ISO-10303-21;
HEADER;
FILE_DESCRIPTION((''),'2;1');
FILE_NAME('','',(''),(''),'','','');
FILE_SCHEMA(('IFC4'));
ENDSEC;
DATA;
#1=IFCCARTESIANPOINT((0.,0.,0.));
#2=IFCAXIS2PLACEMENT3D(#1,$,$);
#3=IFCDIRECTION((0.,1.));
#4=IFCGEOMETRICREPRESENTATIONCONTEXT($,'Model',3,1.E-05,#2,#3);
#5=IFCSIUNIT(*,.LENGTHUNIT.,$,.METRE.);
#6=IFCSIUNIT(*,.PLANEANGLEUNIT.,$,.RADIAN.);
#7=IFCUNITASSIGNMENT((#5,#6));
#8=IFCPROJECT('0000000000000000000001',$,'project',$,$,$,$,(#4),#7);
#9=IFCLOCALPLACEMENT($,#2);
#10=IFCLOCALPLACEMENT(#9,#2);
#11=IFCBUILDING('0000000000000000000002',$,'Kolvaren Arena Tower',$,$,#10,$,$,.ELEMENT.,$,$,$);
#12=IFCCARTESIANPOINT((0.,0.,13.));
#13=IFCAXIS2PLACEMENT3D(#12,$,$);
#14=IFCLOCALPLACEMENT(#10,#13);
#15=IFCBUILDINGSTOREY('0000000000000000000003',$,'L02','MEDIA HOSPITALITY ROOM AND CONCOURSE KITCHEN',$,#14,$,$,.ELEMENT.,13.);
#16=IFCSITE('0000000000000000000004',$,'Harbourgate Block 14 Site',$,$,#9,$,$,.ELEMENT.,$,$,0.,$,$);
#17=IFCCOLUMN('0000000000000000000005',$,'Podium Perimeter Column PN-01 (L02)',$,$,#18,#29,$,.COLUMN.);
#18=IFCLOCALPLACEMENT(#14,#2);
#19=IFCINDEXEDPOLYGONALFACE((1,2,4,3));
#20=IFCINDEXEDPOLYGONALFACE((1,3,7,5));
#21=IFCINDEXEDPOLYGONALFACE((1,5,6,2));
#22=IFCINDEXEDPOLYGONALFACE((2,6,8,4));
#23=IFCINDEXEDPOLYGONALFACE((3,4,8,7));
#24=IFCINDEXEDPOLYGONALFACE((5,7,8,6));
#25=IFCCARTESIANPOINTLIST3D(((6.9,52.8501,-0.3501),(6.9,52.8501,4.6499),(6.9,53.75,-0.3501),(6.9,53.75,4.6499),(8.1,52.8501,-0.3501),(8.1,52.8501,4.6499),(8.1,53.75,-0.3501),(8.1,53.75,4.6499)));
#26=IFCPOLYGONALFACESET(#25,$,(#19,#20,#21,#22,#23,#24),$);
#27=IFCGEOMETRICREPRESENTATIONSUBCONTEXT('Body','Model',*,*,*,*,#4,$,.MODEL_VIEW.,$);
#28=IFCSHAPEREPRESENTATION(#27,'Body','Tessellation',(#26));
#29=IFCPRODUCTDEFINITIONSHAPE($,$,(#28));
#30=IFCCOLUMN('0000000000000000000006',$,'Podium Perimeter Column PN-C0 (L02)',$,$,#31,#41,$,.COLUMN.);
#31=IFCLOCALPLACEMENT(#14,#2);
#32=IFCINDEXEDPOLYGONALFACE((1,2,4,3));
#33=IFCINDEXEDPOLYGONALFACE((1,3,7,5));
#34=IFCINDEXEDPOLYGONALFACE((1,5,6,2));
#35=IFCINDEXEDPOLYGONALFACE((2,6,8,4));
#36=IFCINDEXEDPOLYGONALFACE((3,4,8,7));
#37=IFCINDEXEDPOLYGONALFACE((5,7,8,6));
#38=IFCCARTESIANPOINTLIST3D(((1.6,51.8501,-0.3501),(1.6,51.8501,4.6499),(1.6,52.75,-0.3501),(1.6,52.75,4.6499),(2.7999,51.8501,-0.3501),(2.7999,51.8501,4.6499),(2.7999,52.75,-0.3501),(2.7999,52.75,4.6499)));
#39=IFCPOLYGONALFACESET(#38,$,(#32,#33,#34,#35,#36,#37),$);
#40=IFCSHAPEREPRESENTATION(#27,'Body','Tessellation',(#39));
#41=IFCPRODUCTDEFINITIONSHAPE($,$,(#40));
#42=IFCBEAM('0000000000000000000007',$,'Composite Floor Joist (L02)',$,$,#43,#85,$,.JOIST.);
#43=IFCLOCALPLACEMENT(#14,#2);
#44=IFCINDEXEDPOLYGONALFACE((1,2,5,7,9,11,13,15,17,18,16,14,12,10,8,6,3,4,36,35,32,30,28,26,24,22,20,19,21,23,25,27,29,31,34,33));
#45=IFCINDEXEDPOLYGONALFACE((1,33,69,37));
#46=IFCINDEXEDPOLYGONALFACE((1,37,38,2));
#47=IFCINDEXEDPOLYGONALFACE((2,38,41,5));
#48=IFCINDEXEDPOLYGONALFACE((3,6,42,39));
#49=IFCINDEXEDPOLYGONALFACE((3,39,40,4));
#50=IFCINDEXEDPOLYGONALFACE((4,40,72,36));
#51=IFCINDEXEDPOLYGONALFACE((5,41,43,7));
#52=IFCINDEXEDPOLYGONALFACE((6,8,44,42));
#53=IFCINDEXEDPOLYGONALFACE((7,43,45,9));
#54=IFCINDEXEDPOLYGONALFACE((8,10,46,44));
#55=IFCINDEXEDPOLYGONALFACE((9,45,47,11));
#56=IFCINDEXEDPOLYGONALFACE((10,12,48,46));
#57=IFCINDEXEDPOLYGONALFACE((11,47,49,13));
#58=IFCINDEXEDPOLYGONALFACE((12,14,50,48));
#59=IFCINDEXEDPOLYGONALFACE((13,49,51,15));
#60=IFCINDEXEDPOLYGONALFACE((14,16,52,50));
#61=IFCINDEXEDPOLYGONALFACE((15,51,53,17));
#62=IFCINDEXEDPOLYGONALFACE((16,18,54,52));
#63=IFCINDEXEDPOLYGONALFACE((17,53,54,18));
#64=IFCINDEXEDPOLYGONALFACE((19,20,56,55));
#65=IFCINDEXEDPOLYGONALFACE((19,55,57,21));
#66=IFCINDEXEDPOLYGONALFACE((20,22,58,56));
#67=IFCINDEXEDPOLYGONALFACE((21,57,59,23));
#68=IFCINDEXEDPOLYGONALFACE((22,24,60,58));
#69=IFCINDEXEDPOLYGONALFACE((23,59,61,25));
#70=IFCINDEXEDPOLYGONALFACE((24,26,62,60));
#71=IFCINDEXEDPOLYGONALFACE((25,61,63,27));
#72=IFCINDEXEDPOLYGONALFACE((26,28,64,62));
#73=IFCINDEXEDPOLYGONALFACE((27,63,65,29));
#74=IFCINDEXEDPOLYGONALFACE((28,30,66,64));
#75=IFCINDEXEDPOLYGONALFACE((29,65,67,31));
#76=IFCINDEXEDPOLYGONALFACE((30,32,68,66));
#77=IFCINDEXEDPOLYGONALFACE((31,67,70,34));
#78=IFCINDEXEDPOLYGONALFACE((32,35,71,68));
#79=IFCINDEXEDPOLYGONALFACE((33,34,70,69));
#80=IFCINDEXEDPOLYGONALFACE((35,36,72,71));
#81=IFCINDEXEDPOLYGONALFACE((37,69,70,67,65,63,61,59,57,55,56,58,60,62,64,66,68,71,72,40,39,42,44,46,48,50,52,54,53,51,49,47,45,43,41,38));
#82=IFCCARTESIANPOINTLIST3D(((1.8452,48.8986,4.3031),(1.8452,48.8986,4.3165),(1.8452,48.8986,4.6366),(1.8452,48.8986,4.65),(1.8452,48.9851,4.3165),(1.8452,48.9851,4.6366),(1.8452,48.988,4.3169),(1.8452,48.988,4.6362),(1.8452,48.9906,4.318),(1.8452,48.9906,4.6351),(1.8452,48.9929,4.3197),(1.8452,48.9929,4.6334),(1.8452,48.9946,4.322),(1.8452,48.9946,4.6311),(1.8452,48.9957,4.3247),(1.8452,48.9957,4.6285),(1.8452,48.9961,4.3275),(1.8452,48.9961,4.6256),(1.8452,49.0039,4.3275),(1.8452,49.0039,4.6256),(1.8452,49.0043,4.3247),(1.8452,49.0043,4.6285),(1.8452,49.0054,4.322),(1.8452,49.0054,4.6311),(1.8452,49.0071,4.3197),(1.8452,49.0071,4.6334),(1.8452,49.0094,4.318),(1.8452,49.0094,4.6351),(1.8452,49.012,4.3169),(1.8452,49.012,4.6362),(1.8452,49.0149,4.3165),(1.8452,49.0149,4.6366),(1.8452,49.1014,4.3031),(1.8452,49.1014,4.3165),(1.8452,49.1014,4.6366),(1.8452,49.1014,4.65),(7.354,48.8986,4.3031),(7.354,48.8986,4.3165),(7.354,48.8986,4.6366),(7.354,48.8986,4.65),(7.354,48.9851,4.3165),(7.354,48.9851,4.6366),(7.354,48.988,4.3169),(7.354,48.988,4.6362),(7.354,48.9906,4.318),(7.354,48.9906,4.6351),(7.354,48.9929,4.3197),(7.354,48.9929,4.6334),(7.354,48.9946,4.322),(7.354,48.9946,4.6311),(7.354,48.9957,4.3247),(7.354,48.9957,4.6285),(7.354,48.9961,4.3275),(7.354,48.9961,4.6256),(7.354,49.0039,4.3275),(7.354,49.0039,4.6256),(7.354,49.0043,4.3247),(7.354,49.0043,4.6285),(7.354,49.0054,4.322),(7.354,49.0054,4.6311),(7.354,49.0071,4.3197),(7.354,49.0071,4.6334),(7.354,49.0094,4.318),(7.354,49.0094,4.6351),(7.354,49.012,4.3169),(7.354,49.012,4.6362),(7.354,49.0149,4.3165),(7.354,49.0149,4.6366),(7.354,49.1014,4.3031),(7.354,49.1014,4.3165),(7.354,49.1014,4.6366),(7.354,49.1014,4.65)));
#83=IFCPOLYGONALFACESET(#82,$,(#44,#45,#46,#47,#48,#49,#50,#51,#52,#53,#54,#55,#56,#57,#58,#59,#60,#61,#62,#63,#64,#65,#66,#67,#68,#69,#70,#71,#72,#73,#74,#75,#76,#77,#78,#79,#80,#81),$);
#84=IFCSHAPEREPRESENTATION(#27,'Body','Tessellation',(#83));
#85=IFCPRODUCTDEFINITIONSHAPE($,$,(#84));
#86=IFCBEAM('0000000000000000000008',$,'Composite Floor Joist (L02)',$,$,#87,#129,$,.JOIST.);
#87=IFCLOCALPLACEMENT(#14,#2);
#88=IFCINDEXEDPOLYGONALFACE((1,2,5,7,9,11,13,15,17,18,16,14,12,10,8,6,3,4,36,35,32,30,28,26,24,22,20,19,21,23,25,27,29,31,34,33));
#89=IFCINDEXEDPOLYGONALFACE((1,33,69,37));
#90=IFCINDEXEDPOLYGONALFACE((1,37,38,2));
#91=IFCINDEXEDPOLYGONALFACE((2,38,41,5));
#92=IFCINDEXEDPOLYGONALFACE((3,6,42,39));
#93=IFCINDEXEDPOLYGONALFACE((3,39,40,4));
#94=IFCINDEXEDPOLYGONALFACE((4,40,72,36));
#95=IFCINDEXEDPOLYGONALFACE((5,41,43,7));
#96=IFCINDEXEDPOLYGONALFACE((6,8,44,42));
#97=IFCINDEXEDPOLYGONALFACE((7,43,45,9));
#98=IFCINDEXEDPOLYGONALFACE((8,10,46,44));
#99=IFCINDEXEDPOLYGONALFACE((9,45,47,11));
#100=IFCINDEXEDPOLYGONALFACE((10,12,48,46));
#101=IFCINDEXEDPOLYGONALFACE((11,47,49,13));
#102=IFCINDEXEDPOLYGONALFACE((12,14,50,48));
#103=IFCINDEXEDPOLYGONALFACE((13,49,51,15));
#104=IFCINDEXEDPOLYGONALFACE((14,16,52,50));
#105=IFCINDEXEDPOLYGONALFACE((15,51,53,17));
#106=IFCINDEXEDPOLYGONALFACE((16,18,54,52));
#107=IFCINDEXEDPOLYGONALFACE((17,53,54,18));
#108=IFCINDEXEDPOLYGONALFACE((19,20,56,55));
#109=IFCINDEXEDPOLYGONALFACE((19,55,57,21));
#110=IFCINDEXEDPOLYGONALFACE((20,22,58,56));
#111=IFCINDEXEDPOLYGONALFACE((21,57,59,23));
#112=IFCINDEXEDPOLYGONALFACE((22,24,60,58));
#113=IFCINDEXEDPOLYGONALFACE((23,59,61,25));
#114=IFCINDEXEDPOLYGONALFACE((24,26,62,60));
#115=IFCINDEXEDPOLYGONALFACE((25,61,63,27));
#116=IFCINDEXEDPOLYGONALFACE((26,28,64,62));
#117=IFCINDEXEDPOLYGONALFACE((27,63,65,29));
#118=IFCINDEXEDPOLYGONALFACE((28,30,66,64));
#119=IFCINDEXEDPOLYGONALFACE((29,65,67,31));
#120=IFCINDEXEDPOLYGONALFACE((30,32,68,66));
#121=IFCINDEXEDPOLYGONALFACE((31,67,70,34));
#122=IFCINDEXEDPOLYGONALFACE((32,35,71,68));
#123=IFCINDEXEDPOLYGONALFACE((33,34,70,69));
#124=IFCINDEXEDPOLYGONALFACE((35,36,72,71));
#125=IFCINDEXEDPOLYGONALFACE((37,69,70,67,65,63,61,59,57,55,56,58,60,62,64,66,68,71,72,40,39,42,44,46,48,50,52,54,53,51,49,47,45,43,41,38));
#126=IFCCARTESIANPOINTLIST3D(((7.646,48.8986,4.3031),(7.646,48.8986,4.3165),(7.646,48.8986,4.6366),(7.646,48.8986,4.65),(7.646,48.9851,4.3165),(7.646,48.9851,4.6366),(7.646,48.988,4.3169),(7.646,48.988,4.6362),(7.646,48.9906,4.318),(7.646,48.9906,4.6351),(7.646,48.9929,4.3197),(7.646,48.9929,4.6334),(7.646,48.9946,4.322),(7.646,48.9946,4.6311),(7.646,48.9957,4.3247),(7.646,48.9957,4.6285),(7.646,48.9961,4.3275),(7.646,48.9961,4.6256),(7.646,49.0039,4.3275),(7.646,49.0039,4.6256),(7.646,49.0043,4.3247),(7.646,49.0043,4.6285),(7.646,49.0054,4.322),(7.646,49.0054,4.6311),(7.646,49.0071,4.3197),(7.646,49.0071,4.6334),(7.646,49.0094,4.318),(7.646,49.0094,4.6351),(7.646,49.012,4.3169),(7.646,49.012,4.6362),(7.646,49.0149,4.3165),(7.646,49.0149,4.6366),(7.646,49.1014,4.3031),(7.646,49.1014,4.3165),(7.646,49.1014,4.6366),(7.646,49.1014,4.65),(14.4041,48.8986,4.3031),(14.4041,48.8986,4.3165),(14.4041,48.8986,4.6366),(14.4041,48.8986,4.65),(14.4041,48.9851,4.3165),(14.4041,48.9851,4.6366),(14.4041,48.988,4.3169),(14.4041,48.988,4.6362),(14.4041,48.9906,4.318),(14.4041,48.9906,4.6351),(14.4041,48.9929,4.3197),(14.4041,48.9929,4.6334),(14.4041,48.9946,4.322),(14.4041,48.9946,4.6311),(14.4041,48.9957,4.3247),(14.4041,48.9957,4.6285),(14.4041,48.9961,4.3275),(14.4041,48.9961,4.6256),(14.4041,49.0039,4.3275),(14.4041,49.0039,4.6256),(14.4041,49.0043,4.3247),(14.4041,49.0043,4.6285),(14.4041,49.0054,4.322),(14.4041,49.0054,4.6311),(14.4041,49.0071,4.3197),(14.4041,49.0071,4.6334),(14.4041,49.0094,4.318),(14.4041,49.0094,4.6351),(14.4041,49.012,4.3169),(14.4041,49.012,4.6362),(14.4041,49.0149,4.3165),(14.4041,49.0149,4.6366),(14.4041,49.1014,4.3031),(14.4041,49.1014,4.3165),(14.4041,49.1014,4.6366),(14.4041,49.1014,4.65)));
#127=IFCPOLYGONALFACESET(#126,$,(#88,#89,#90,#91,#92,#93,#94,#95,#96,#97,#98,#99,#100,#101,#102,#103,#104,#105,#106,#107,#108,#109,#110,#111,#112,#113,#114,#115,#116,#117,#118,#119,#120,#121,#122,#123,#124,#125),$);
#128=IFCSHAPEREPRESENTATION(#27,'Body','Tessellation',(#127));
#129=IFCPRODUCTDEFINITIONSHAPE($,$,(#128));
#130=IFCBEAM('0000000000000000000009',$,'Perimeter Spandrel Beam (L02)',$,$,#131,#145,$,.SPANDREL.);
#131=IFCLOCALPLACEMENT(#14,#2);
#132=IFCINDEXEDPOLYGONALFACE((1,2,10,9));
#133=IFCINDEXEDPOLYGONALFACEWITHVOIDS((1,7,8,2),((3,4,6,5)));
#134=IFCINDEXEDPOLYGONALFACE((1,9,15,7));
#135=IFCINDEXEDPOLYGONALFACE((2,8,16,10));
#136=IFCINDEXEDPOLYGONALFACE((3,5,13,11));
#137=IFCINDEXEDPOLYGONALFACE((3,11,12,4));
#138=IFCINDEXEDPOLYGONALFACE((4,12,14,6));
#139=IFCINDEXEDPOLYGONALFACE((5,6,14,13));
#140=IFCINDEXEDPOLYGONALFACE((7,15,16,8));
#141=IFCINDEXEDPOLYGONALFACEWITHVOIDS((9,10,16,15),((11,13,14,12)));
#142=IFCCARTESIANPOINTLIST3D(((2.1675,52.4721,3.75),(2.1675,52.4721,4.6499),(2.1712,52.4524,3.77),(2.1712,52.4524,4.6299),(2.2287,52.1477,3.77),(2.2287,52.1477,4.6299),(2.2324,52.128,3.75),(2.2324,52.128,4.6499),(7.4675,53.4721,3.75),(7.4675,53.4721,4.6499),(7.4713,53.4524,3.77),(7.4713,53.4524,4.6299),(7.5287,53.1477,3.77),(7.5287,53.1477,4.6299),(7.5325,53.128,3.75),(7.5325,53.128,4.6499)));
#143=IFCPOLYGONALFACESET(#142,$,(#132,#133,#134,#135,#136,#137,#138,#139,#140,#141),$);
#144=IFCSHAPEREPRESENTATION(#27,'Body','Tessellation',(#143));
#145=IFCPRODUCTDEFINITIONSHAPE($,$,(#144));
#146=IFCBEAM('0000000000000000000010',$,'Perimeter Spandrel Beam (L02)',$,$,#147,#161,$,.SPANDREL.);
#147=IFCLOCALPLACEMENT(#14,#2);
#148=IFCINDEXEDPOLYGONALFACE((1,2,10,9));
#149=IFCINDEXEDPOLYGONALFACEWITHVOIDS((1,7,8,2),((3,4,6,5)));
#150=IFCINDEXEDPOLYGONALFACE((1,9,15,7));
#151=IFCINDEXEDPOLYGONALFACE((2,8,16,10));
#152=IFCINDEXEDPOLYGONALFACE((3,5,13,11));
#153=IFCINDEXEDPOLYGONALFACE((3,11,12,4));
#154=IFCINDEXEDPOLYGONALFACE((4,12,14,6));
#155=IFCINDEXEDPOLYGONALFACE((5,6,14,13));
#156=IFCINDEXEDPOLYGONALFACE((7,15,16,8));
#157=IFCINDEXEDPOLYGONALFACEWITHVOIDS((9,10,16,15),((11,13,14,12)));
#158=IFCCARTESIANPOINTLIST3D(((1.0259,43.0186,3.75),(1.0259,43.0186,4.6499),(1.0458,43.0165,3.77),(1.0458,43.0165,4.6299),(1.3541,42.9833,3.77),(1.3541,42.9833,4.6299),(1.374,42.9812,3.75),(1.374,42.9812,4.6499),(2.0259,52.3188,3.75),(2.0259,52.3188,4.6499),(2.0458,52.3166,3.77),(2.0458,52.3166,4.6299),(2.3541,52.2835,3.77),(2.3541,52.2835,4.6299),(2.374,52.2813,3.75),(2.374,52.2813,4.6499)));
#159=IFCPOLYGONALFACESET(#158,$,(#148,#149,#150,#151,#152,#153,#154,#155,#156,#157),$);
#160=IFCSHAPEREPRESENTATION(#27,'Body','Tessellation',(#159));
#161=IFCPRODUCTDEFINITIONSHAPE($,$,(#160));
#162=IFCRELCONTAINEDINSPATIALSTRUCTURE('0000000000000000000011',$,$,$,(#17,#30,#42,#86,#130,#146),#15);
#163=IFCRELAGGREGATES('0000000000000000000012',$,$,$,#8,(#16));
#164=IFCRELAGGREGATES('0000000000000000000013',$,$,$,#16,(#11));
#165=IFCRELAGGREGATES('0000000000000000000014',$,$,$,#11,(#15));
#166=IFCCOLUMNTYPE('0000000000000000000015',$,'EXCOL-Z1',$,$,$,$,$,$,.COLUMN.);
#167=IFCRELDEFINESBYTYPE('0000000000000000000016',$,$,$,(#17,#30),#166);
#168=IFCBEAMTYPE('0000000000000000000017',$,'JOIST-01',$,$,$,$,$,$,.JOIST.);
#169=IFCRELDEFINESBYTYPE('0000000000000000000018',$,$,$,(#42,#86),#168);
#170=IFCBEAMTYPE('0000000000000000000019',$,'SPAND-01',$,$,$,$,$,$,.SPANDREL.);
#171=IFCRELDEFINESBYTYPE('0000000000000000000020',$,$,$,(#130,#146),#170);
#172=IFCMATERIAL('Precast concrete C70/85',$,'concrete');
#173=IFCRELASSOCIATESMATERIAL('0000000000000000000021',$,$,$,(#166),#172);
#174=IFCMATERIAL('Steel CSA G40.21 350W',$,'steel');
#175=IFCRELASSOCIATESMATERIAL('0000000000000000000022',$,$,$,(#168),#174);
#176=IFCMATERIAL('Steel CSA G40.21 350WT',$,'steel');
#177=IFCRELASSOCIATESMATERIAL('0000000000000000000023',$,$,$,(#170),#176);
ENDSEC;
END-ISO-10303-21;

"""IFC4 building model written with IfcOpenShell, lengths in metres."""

from ifc_helpers import new_model, si_unit, direction, frame, origin, origin_2d, place, context, subcontext, project, spatial, rectangle, hollow_rectangle, i_section, extrude, material, material_profile, profile_set, type_object, element, save


model = new_model("IFC4")

# Units and contexts
model_context = context("Model", 3, precision=1e-05, world=origin(), true_north=direction((0.0, 1.0)))
body_context = subcontext(model_context, "Body", "Model", "MODEL_VIEW")
ifc_project = project(units=[si_unit("LENGTHUNIT", "METRE"), si_unit("PLANEANGLEUNIT", "RADIAN")], contexts=[model_context])

# Site, building, storey
site_placement = place(None, origin())
site = spatial("IfcSite", under=ifc_project, at=site_placement, Name="Harbourgate Block 14 Site", CompositionType="ELEMENT", RefElevation=0.0)
building_placement = place(site_placement, origin())
building = spatial("IfcBuilding", under=site, at=building_placement, Name="Kolvaren Arena Tower", CompositionType="ELEMENT")
storey_placement = place(building_placement, frame((0.0, 0.0, 13.0)))
storey = spatial("IfcBuildingStorey", under=building, at=storey_placement, Name="L02", Description="MEDIA HOSPITALITY ROOM AND CONCOURSE KITCHEN", CompositionType="ELEMENT", Elevation=13.0)

# Columns
ifc_material_1 = material(Name="Precast concrete C70/85", Category="concrete")
ifc_material_profile_1 = material_profile(ifc_material_1, rectangle(XDim=1.2, YDim=0.8999, at=origin_2d()), Name="RC-1200x900")
ifc_profile_set_1 = profile_set([ifc_material_profile_1], Name="Precast concrete C70/85")
column_type = type_object("IfcColumnType", Name="EXCOL-Z1", PredefinedType="COLUMN", material=ifc_profile_set_1)
for number, where, z_axis, x_axis, name in (
    (1, (7.5, 53.3, -0.3501), (0.0, 0.0, 1.0), (1.0, 0.0, 0.0), "Podium Perimeter Column PN-01 (L02)"),
    (2, (2.2, 52.3, -0.3501), (0.0, 0.0, 1.0), (1.0, 0.0, 0.0), "Podium Perimeter Column PN-C0 (L02)"),
):
    element("IfcColumn", number, at=place(storey_placement, frame(where, z_axis=z_axis, x_axis=x_axis)), inside=storey, type_object=column_type, Name=name, PredefinedType="COLUMN", context=body_context, shape_type="SweptSolid", body=[
        extrude(rectangle(XDim=1.2, YDim=0.8999, at=origin_2d()), origin(), (0.0, 0.0, 1.0), 5.0),
    ])

# Beams
ifc_material_2 = material(Name="Steel CSA G40.21 350W", Category="steel")
ifc_material_profile_2 = material_profile(ifc_material_2, i_section(OverallWidth=0.2029, OverallDepth=0.3469, WebThickness=0.0078, FlangeThickness=0.0134, FilletRadius=0.011, at=origin_2d()), Name="W360x64")
ifc_profile_set_2 = profile_set([ifc_material_profile_2], Name="Steel CSA G40.21 350W")
beam_type_1 = type_object("IfcBeamType", Name="JOIST-01", PredefinedType="JOIST", material=ifc_profile_set_2)
beam_1_placement = place(storey_placement, frame((1.8452, 49.0, 4.4766), z_axis=(1.0, 0.0, 0.0), x_axis=(0.0, 1.0, 0.0)))
element("IfcBeam", 3, at=beam_1_placement, inside=storey, type_object=beam_type_1, Name="Composite Floor Joist (L02)", PredefinedType="JOIST", context=body_context, shape_type="SweptSolid", body=[
    extrude(i_section(OverallWidth=0.2029, OverallDepth=0.3469, WebThickness=0.0078, FlangeThickness=0.0134, FilletRadius=0.011, at=origin_2d()), origin(), (0.0, 0.0, 1.0), 5.5088),
])
beam_2_placement = place(storey_placement, frame((7.646, 49.0, 4.4766), z_axis=(1.0, 0.0, 0.0), x_axis=(0.0, 1.0, 0.0)))
element("IfcBeam", 4, at=beam_2_placement, inside=storey, type_object=beam_type_1, Name="Composite Floor Joist (L02)", PredefinedType="JOIST", context=body_context, shape_type="SweptSolid", body=[
    extrude(i_section(OverallWidth=0.2029, OverallDepth=0.3469, WebThickness=0.0078, FlangeThickness=0.0134, FilletRadius=0.011, at=origin_2d()), origin(), (0.0, 0.0, 1.0), 6.7581),
])
ifc_material_3 = material(Name="Steel CSA G40.21 350WT", Category="steel")
ifc_material_profile_3 = material_profile(ifc_material_3, hollow_rectangle(XDim=0.3501, YDim=0.8999, WallThickness=0.02, at=origin_2d()), Name="HSS 900x350x20")
ifc_profile_set_3 = profile_set([ifc_material_profile_3], Name="Steel CSA G40.21 350WT")
beam_type_2 = type_object("IfcBeamType", Name="SPAND-01", PredefinedType="SPANDREL", material=ifc_profile_set_3)
beam_3_placement = place(storey_placement, frame((7.5, 53.3, 4.2), z_axis=(-0.982662, -0.185406, 0.0), x_axis=(0.185406, -0.982662, 0.0)))
element("IfcBeam", 5, at=beam_3_placement, inside=storey, type_object=beam_type_2, Name="Perimeter Spandrel Beam (L02)", PredefinedType="SPANDREL", context=body_context, shape_type="SweptSolid", body=[
    extrude(hollow_rectangle(XDim=0.3501, YDim=0.8999, WallThickness=0.02, at=origin_2d()), origin(), (0.0, 0.0, 1.0), 5.3936),
])
beam_4_placement = place(storey_placement, frame((2.2, 52.3, 4.2), z_axis=(-0.10691, -0.994269, 0.0), x_axis=(0.994269, -0.10691, 0.0)))
element("IfcBeam", 6, at=beam_4_placement, inside=storey, type_object=beam_type_2, Name="Perimeter Spandrel Beam (L02)", PredefinedType="SPANDREL", context=body_context, shape_type="SweptSolid", body=[
    extrude(hollow_rectangle(XDim=0.3501, YDim=0.8999, WallThickness=0.02, at=origin_2d()), origin(), (0.0, 0.0, 1.0), 9.3538),
])

save(model, "model.ifc")
